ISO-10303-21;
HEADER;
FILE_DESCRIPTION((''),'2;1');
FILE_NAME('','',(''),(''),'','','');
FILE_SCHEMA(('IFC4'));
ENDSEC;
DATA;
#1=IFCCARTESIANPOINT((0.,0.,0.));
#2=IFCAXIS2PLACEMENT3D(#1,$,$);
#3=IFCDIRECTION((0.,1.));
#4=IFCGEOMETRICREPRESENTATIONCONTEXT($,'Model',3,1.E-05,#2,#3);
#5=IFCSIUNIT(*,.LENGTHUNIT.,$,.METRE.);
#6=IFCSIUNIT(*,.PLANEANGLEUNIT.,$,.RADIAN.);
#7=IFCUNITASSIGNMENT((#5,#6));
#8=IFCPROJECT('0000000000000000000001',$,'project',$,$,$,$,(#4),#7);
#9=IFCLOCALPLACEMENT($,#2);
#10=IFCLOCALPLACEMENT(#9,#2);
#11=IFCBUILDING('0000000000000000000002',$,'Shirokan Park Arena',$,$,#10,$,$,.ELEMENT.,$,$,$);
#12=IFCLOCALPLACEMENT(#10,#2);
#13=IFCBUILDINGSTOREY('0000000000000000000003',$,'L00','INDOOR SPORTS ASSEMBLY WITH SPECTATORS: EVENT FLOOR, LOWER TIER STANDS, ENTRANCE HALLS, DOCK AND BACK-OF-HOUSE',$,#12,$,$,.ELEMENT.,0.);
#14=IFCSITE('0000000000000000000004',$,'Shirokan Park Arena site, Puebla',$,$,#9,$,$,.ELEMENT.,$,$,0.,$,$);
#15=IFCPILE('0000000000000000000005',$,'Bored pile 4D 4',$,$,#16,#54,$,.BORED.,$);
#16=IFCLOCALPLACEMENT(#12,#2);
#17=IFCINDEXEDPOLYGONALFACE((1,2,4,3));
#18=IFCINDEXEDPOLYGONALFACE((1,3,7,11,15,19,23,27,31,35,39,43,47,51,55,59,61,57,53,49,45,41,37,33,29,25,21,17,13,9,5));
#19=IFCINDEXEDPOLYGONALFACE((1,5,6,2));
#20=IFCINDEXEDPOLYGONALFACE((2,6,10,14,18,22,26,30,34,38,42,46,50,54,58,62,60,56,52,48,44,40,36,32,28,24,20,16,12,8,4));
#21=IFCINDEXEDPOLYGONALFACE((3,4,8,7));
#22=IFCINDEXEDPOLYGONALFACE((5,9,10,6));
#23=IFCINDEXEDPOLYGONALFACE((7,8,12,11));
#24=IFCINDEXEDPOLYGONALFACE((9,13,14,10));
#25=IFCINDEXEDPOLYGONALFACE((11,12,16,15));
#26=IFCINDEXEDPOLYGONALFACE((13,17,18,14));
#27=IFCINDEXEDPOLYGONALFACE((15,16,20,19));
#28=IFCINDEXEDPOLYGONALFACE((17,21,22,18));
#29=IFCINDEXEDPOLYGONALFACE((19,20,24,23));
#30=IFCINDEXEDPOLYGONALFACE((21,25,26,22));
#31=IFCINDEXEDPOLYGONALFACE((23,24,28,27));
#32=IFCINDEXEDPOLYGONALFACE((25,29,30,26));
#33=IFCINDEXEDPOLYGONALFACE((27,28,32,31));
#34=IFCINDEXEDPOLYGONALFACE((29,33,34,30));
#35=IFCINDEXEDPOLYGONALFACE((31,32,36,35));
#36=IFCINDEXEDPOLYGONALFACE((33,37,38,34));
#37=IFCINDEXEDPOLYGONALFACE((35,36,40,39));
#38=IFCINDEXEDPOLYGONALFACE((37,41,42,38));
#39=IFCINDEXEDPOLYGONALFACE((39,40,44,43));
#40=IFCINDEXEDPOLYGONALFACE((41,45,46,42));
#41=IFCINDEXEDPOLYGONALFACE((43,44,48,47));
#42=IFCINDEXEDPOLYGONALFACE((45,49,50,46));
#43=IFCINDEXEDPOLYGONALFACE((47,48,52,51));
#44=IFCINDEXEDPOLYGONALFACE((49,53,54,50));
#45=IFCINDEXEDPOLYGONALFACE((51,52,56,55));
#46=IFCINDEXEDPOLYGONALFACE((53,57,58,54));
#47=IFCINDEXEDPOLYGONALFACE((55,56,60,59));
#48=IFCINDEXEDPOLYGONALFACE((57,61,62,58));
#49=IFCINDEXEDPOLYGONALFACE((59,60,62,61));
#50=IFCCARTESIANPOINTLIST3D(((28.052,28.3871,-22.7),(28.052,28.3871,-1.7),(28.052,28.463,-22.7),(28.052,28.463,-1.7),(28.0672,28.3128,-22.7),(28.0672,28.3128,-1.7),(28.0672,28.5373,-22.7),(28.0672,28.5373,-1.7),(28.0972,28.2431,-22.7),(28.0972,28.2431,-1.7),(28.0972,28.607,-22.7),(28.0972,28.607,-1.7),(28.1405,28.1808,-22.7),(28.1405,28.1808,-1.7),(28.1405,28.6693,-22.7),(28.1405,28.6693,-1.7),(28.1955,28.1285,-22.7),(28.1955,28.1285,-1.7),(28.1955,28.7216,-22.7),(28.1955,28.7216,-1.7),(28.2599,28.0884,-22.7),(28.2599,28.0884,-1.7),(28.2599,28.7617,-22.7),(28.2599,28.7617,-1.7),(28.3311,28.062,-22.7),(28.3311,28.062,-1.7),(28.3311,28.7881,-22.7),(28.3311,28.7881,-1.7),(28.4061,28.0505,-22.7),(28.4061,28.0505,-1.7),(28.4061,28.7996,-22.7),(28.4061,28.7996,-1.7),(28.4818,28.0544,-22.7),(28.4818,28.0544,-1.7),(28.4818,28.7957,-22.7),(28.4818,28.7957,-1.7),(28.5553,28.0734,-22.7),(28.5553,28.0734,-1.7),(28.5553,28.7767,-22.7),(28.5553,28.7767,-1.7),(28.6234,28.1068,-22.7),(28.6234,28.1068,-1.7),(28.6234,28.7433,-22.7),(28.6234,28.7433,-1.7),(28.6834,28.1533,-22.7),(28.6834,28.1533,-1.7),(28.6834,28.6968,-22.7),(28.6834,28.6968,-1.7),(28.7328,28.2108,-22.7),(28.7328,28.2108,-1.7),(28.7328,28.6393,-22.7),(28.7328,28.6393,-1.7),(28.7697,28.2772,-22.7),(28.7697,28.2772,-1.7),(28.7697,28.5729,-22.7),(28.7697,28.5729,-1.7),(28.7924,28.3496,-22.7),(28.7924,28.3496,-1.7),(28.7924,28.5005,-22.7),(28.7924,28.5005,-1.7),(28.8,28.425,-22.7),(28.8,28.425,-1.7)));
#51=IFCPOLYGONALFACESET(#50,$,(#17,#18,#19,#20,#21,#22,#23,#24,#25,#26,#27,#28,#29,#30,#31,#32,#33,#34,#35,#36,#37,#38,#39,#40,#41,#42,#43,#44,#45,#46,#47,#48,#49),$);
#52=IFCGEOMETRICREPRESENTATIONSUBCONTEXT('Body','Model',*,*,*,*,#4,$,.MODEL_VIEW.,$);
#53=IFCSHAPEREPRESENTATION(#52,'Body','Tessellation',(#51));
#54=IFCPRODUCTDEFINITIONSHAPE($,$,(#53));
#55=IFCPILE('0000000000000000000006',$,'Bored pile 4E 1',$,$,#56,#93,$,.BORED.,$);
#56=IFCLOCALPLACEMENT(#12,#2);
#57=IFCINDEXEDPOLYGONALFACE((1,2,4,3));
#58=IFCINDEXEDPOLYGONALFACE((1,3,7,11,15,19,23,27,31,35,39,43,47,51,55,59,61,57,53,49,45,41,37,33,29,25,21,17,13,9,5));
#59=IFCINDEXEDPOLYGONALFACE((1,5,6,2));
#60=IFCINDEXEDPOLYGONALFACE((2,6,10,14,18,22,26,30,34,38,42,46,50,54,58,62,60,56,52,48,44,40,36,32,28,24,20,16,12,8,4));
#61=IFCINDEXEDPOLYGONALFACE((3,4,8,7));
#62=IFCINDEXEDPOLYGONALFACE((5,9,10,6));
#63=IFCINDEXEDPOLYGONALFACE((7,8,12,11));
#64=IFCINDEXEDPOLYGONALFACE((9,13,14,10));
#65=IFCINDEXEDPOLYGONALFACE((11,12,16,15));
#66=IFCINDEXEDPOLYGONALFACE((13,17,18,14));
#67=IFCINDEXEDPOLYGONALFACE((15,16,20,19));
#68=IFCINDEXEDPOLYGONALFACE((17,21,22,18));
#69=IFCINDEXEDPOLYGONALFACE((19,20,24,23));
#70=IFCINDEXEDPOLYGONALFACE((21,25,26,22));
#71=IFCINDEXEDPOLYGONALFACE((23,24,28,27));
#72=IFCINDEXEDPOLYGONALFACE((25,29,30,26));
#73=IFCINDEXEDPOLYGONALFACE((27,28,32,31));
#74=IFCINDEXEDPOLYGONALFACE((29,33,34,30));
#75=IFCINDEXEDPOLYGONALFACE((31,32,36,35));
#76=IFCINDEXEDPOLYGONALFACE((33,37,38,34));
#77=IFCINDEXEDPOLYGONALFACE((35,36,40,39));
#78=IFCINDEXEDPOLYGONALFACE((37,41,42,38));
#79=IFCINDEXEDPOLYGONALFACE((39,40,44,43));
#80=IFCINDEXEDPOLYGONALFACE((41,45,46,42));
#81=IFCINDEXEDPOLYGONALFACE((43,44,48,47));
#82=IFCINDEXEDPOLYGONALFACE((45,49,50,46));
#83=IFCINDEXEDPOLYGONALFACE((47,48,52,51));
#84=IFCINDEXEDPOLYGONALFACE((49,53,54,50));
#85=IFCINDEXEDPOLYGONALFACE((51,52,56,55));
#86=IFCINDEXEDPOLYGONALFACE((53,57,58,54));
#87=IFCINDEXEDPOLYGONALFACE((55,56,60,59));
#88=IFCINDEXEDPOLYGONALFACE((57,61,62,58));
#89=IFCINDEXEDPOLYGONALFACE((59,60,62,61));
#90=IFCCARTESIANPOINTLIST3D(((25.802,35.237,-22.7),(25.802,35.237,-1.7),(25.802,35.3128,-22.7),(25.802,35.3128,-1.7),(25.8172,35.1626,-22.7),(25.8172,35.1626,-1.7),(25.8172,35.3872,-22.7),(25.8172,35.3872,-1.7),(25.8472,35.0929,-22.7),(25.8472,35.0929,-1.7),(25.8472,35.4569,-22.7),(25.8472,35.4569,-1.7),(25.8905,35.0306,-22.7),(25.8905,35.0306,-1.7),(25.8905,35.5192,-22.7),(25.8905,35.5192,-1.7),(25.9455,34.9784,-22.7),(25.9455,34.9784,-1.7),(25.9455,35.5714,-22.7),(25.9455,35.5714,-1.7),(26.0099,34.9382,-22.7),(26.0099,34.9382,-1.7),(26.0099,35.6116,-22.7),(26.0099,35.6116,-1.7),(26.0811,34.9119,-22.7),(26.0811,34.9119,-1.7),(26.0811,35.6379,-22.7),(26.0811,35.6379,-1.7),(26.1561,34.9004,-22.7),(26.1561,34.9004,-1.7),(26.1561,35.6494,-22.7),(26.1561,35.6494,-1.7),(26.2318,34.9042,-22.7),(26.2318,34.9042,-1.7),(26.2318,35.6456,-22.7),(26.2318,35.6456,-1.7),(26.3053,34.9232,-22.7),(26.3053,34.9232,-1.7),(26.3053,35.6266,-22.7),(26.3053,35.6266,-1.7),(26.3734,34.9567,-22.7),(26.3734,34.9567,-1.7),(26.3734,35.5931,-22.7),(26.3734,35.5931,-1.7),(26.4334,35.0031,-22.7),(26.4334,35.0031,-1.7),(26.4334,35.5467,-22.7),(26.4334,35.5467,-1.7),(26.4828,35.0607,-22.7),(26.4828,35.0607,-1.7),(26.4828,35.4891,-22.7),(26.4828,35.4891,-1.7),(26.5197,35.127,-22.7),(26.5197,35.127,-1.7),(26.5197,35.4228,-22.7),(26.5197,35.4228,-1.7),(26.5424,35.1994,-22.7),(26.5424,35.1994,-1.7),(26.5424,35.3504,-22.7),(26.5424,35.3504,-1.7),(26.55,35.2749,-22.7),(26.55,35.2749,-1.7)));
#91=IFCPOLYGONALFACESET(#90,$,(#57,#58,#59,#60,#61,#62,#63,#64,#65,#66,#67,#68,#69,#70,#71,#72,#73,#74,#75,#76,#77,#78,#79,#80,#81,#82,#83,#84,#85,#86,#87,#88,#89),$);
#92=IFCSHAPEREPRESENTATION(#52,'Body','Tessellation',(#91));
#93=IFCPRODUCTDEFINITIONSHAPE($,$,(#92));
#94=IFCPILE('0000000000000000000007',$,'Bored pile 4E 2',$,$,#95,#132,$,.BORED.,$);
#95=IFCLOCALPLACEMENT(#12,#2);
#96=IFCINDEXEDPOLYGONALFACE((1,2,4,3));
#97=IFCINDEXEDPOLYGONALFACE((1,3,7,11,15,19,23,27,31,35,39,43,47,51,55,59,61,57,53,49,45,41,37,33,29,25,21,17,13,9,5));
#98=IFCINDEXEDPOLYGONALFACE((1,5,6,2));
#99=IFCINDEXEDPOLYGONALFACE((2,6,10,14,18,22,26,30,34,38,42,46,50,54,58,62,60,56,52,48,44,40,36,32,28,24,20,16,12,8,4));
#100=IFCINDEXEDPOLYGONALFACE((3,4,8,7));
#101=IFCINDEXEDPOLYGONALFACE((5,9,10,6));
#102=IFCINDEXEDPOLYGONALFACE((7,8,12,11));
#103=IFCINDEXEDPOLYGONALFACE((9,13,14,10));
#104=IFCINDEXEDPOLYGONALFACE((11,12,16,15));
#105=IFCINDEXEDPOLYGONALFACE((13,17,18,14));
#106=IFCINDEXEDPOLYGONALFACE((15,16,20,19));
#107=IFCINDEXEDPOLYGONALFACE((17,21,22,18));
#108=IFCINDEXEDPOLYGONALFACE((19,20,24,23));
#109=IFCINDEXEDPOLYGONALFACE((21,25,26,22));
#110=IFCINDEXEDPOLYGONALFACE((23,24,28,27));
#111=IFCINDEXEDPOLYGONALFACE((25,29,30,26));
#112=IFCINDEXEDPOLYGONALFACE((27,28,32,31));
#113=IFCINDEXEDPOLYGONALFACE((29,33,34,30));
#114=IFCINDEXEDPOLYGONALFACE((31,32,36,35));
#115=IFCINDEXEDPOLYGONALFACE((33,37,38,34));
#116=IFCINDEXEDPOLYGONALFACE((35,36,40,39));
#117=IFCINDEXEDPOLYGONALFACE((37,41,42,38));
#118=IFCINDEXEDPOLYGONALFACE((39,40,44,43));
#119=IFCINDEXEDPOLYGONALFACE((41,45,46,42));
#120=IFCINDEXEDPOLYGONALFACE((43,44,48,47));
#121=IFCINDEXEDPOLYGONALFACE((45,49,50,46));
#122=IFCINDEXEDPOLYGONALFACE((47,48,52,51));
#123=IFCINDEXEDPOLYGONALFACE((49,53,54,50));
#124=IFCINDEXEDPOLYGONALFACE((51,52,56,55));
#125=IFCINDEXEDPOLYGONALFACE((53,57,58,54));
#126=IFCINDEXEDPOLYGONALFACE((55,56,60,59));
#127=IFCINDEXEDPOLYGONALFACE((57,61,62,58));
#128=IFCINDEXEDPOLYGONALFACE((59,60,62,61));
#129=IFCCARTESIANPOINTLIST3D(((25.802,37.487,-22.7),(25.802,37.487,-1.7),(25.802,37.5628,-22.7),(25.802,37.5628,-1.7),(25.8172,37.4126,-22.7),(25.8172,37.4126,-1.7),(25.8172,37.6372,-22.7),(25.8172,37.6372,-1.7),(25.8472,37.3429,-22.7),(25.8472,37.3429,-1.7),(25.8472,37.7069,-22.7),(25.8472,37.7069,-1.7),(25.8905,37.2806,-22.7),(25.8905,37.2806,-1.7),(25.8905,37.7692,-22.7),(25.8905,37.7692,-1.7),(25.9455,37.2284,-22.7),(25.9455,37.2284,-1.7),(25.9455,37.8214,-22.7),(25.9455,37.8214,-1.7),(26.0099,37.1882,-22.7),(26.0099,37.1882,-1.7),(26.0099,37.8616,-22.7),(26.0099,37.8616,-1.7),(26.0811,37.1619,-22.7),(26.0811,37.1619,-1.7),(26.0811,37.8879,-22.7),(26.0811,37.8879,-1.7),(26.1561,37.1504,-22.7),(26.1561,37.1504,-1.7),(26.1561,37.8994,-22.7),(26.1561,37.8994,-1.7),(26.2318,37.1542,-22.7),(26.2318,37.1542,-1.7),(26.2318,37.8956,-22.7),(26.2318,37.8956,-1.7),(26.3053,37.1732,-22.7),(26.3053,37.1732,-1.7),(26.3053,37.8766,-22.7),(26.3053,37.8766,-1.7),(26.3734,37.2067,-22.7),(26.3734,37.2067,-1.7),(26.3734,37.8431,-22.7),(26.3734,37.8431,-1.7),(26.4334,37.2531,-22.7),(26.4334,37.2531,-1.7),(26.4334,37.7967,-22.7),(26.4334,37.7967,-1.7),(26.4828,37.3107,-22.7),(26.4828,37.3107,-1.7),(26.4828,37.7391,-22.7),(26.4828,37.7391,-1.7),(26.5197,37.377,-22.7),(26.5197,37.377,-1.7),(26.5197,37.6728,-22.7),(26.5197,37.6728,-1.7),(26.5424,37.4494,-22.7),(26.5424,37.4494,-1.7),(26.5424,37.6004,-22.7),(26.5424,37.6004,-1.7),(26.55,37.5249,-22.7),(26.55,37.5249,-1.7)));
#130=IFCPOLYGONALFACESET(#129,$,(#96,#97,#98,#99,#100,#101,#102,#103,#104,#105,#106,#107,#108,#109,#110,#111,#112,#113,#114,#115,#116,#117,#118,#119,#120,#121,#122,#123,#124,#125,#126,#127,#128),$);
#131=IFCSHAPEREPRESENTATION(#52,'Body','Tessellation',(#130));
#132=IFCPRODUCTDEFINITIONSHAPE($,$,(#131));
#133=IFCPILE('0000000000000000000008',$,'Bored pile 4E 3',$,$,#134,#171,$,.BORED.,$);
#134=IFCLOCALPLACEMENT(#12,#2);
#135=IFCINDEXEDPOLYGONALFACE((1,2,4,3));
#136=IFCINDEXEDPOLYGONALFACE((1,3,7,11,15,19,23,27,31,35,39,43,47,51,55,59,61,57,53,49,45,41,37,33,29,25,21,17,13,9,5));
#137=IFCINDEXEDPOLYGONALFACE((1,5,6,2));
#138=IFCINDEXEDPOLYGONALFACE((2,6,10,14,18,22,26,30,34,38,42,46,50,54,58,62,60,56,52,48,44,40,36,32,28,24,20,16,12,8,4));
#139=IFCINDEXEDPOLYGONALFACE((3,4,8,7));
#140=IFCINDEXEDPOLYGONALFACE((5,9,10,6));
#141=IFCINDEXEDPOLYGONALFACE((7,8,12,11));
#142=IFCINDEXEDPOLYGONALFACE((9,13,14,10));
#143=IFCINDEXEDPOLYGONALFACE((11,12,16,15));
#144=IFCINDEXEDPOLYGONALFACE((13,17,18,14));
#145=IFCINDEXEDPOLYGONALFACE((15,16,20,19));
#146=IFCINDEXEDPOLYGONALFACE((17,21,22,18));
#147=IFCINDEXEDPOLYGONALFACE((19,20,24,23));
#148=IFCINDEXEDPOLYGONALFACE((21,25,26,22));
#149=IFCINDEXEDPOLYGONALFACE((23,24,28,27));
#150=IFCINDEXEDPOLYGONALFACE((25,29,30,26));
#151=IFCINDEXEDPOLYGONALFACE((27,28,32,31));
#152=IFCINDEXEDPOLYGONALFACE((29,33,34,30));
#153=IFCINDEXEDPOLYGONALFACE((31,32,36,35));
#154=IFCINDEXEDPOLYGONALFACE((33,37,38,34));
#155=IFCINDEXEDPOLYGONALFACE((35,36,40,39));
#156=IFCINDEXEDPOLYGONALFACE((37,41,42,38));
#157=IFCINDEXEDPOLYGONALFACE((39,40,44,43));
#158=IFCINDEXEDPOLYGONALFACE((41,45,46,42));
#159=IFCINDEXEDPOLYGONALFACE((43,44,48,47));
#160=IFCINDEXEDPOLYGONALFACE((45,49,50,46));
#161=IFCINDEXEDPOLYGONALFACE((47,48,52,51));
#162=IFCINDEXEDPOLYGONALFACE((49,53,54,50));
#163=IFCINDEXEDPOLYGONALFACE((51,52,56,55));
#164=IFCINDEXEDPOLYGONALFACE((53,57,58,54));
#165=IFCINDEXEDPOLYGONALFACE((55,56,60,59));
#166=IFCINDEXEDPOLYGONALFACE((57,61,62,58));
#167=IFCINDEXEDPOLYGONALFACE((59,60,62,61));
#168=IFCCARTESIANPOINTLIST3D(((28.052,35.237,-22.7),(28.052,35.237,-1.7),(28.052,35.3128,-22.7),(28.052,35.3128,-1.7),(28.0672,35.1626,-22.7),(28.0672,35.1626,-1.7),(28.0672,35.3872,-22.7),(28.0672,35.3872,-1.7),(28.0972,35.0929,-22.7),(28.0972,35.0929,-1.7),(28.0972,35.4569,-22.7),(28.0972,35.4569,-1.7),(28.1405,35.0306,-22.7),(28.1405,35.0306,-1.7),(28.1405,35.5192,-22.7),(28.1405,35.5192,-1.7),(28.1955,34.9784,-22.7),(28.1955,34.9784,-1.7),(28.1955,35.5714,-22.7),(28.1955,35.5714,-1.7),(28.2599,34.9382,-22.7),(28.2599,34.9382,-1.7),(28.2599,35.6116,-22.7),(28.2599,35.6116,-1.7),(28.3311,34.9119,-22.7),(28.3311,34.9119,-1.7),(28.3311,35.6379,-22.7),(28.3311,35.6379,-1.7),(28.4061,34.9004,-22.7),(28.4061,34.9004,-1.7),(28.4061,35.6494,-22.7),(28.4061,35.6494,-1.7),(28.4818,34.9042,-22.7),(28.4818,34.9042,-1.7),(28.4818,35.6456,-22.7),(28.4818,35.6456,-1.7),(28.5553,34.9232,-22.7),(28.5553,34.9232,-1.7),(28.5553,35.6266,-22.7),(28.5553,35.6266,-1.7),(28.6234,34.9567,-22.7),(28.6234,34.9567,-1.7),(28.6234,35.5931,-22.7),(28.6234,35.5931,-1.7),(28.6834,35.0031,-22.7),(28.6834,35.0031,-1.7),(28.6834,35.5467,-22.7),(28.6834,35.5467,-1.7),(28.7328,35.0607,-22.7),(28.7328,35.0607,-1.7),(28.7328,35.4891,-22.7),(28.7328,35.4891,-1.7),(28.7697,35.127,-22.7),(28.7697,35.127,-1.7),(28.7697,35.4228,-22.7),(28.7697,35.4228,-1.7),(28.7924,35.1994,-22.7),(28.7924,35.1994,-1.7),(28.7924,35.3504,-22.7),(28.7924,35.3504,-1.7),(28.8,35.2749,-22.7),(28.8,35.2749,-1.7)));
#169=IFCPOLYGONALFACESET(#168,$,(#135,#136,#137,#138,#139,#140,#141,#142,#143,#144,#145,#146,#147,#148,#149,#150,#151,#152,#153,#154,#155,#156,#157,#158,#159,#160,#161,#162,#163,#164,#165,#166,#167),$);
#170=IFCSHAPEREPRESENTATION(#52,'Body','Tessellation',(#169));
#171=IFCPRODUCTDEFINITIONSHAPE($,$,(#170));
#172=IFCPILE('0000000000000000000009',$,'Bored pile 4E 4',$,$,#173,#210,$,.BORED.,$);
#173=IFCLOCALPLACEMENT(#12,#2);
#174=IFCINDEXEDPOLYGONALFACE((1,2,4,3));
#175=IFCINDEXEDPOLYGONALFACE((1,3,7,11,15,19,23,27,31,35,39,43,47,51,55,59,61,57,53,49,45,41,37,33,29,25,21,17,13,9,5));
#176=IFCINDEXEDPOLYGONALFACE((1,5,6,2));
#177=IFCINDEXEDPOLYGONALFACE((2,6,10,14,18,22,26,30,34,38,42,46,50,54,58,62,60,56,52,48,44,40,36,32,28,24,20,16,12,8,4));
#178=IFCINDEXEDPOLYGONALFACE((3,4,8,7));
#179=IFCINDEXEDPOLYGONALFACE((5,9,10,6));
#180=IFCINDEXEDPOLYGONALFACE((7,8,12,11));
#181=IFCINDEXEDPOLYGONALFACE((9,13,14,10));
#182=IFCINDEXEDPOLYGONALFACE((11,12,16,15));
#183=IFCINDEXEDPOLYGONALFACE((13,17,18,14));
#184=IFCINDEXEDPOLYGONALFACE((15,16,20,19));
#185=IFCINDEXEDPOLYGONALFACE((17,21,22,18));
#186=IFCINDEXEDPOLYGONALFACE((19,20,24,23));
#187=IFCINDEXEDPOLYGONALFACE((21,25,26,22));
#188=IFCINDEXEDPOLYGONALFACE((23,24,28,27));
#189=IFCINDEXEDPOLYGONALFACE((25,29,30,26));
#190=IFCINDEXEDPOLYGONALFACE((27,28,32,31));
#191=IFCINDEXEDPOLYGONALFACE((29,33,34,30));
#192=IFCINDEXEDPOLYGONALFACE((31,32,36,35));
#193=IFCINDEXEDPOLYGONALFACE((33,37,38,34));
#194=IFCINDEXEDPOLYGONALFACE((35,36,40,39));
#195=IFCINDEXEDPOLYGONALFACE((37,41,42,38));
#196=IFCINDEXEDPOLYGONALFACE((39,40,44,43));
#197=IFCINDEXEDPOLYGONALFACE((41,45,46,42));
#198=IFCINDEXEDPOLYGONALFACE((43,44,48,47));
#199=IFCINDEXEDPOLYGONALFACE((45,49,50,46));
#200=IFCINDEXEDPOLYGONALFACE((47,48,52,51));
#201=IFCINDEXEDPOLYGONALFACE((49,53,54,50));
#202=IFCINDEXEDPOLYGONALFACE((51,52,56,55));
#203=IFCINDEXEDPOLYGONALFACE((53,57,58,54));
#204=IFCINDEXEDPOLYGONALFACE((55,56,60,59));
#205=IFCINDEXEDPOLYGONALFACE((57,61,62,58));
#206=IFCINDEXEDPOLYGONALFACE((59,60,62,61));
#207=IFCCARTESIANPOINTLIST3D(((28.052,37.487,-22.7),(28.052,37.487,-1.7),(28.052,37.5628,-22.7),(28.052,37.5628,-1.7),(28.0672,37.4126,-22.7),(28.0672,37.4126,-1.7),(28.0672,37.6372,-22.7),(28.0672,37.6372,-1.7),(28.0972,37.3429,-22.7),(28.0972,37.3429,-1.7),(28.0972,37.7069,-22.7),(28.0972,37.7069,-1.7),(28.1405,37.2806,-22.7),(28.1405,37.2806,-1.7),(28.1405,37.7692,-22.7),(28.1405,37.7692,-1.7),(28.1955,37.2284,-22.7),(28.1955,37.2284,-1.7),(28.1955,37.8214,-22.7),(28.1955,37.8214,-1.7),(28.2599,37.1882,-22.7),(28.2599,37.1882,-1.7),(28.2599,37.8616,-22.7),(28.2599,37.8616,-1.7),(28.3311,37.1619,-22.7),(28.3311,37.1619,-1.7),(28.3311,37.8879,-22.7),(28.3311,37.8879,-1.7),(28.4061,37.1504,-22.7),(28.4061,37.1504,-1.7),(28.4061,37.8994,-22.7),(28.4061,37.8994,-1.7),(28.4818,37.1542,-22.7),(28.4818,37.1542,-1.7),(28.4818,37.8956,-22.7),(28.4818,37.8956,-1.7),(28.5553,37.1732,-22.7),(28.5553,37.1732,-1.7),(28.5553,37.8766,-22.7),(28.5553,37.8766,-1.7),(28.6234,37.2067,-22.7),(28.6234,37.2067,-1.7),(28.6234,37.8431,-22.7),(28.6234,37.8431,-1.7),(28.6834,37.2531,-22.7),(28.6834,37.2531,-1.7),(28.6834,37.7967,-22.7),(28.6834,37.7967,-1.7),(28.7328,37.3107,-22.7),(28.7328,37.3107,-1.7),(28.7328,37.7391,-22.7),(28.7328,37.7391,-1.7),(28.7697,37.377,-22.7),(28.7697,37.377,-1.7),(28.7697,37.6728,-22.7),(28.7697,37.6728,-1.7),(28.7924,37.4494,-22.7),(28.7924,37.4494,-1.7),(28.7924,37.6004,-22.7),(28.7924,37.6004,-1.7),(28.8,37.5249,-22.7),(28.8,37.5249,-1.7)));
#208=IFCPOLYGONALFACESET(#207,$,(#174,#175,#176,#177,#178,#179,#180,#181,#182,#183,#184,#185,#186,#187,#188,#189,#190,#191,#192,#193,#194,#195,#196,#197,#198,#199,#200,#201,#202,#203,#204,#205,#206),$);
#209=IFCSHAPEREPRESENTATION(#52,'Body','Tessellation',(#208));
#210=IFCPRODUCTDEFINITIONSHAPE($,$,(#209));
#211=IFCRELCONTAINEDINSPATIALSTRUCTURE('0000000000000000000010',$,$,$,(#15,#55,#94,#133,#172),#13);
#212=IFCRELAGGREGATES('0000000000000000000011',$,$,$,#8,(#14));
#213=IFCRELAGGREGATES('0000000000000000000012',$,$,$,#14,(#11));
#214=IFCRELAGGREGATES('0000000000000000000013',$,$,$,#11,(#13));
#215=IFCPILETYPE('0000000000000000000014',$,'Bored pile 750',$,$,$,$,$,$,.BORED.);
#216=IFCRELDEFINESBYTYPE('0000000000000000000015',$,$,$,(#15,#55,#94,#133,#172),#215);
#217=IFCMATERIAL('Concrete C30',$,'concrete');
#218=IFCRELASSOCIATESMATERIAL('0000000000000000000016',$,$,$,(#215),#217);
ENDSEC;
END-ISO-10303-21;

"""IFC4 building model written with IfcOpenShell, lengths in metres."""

from ifc_helpers import new_model, si_unit, direction, frame, origin, origin_2d, place, context, subcontext, project, spatial, circle, extrude, material, material_profile, profile_set, type_object, element, save


model = new_model("IFC4")

# Units and contexts
model_context = context("Model", 3, precision=1e-05, world=origin(), true_north=direction((0.0, 1.0)))
body_context = subcontext(model_context, "Body", "Model", "MODEL_VIEW")
ifc_project = project(units=[si_unit("LENGTHUNIT", "METRE"), si_unit("PLANEANGLEUNIT", "RADIAN")], contexts=[model_context])

# Site, building, storey
site_placement = place(None, origin())
site = spatial("IfcSite", under=ifc_project, at=site_placement, Name="Shirokan Park Arena site, Puebla", CompositionType="ELEMENT", RefElevation=0.0)
building_placement = place(site_placement, origin())
building = spatial("IfcBuilding", under=site, at=building_placement, Name="Shirokan Park Arena", CompositionType="ELEMENT")
storey_placement = place(building_placement, origin())
storey = spatial("IfcBuildingStorey", under=building, at=storey_placement, Name="L00", Description="INDOOR SPORTS ASSEMBLY WITH SPECTATORS: EVENT FLOOR, LOWER TIER STANDS, ENTRANCE HALLS, DOCK AND BACK-OF-HOUSE", CompositionType="ELEMENT", Elevation=0.0)

# Piles
ifc_material_1 = material(Name="Concrete C30", Category="concrete")
ifc_material_profile_1 = material_profile(ifc_material_1, circle(Radius=0.375, at=origin_2d()), Name="D750")
ifc_profile_set_1 = profile_set([ifc_material_profile_1], Name="Concrete C30")
pile_type_1 = type_object("IfcPileType", Name="Bored pile 750", PredefinedType="BORED", material=ifc_profile_set_1)
for number, where, z_axis, x_axis, name in (
    (1, (28.425, 28.425, -1.7), (0.0, 0.0, -1.0), (1.0, 0.0, 0.0), "Bored pile 4D 4"),
    (2, (26.175, 35.2749, -1.7), (0.0, 0.0, -1.0), (1.0, 0.0, 0.0), "Bored pile 4E 1"),
    (3, (26.175, 37.5249, -1.7), (0.0, 0.0, -1.0), (1.0, 0.0, 0.0), "Bored pile 4E 2"),
    (4, (28.425, 35.2749, -1.7), (0.0, 0.0, -1.0), (1.0, 0.0, 0.0), "Bored pile 4E 3"),
    (5, (28.425, 37.5249, -1.7), (0.0, 0.0, -1.0), (1.0, 0.0, 0.0), "Bored pile 4E 4"),
):
    element("IfcPile", number, at=place(storey_placement, frame(where, z_axis=z_axis, x_axis=x_axis)), inside=storey, type_object=pile_type_1, Name=name, PredefinedType="BORED", context=body_context, shape_type="SweptSolid", body=[
        extrude(circle(Radius=0.375, at=origin_2d()), origin(), (0.0, 0.0, 1.0), 21.0),
    ])

save(model, "model.ifc")
